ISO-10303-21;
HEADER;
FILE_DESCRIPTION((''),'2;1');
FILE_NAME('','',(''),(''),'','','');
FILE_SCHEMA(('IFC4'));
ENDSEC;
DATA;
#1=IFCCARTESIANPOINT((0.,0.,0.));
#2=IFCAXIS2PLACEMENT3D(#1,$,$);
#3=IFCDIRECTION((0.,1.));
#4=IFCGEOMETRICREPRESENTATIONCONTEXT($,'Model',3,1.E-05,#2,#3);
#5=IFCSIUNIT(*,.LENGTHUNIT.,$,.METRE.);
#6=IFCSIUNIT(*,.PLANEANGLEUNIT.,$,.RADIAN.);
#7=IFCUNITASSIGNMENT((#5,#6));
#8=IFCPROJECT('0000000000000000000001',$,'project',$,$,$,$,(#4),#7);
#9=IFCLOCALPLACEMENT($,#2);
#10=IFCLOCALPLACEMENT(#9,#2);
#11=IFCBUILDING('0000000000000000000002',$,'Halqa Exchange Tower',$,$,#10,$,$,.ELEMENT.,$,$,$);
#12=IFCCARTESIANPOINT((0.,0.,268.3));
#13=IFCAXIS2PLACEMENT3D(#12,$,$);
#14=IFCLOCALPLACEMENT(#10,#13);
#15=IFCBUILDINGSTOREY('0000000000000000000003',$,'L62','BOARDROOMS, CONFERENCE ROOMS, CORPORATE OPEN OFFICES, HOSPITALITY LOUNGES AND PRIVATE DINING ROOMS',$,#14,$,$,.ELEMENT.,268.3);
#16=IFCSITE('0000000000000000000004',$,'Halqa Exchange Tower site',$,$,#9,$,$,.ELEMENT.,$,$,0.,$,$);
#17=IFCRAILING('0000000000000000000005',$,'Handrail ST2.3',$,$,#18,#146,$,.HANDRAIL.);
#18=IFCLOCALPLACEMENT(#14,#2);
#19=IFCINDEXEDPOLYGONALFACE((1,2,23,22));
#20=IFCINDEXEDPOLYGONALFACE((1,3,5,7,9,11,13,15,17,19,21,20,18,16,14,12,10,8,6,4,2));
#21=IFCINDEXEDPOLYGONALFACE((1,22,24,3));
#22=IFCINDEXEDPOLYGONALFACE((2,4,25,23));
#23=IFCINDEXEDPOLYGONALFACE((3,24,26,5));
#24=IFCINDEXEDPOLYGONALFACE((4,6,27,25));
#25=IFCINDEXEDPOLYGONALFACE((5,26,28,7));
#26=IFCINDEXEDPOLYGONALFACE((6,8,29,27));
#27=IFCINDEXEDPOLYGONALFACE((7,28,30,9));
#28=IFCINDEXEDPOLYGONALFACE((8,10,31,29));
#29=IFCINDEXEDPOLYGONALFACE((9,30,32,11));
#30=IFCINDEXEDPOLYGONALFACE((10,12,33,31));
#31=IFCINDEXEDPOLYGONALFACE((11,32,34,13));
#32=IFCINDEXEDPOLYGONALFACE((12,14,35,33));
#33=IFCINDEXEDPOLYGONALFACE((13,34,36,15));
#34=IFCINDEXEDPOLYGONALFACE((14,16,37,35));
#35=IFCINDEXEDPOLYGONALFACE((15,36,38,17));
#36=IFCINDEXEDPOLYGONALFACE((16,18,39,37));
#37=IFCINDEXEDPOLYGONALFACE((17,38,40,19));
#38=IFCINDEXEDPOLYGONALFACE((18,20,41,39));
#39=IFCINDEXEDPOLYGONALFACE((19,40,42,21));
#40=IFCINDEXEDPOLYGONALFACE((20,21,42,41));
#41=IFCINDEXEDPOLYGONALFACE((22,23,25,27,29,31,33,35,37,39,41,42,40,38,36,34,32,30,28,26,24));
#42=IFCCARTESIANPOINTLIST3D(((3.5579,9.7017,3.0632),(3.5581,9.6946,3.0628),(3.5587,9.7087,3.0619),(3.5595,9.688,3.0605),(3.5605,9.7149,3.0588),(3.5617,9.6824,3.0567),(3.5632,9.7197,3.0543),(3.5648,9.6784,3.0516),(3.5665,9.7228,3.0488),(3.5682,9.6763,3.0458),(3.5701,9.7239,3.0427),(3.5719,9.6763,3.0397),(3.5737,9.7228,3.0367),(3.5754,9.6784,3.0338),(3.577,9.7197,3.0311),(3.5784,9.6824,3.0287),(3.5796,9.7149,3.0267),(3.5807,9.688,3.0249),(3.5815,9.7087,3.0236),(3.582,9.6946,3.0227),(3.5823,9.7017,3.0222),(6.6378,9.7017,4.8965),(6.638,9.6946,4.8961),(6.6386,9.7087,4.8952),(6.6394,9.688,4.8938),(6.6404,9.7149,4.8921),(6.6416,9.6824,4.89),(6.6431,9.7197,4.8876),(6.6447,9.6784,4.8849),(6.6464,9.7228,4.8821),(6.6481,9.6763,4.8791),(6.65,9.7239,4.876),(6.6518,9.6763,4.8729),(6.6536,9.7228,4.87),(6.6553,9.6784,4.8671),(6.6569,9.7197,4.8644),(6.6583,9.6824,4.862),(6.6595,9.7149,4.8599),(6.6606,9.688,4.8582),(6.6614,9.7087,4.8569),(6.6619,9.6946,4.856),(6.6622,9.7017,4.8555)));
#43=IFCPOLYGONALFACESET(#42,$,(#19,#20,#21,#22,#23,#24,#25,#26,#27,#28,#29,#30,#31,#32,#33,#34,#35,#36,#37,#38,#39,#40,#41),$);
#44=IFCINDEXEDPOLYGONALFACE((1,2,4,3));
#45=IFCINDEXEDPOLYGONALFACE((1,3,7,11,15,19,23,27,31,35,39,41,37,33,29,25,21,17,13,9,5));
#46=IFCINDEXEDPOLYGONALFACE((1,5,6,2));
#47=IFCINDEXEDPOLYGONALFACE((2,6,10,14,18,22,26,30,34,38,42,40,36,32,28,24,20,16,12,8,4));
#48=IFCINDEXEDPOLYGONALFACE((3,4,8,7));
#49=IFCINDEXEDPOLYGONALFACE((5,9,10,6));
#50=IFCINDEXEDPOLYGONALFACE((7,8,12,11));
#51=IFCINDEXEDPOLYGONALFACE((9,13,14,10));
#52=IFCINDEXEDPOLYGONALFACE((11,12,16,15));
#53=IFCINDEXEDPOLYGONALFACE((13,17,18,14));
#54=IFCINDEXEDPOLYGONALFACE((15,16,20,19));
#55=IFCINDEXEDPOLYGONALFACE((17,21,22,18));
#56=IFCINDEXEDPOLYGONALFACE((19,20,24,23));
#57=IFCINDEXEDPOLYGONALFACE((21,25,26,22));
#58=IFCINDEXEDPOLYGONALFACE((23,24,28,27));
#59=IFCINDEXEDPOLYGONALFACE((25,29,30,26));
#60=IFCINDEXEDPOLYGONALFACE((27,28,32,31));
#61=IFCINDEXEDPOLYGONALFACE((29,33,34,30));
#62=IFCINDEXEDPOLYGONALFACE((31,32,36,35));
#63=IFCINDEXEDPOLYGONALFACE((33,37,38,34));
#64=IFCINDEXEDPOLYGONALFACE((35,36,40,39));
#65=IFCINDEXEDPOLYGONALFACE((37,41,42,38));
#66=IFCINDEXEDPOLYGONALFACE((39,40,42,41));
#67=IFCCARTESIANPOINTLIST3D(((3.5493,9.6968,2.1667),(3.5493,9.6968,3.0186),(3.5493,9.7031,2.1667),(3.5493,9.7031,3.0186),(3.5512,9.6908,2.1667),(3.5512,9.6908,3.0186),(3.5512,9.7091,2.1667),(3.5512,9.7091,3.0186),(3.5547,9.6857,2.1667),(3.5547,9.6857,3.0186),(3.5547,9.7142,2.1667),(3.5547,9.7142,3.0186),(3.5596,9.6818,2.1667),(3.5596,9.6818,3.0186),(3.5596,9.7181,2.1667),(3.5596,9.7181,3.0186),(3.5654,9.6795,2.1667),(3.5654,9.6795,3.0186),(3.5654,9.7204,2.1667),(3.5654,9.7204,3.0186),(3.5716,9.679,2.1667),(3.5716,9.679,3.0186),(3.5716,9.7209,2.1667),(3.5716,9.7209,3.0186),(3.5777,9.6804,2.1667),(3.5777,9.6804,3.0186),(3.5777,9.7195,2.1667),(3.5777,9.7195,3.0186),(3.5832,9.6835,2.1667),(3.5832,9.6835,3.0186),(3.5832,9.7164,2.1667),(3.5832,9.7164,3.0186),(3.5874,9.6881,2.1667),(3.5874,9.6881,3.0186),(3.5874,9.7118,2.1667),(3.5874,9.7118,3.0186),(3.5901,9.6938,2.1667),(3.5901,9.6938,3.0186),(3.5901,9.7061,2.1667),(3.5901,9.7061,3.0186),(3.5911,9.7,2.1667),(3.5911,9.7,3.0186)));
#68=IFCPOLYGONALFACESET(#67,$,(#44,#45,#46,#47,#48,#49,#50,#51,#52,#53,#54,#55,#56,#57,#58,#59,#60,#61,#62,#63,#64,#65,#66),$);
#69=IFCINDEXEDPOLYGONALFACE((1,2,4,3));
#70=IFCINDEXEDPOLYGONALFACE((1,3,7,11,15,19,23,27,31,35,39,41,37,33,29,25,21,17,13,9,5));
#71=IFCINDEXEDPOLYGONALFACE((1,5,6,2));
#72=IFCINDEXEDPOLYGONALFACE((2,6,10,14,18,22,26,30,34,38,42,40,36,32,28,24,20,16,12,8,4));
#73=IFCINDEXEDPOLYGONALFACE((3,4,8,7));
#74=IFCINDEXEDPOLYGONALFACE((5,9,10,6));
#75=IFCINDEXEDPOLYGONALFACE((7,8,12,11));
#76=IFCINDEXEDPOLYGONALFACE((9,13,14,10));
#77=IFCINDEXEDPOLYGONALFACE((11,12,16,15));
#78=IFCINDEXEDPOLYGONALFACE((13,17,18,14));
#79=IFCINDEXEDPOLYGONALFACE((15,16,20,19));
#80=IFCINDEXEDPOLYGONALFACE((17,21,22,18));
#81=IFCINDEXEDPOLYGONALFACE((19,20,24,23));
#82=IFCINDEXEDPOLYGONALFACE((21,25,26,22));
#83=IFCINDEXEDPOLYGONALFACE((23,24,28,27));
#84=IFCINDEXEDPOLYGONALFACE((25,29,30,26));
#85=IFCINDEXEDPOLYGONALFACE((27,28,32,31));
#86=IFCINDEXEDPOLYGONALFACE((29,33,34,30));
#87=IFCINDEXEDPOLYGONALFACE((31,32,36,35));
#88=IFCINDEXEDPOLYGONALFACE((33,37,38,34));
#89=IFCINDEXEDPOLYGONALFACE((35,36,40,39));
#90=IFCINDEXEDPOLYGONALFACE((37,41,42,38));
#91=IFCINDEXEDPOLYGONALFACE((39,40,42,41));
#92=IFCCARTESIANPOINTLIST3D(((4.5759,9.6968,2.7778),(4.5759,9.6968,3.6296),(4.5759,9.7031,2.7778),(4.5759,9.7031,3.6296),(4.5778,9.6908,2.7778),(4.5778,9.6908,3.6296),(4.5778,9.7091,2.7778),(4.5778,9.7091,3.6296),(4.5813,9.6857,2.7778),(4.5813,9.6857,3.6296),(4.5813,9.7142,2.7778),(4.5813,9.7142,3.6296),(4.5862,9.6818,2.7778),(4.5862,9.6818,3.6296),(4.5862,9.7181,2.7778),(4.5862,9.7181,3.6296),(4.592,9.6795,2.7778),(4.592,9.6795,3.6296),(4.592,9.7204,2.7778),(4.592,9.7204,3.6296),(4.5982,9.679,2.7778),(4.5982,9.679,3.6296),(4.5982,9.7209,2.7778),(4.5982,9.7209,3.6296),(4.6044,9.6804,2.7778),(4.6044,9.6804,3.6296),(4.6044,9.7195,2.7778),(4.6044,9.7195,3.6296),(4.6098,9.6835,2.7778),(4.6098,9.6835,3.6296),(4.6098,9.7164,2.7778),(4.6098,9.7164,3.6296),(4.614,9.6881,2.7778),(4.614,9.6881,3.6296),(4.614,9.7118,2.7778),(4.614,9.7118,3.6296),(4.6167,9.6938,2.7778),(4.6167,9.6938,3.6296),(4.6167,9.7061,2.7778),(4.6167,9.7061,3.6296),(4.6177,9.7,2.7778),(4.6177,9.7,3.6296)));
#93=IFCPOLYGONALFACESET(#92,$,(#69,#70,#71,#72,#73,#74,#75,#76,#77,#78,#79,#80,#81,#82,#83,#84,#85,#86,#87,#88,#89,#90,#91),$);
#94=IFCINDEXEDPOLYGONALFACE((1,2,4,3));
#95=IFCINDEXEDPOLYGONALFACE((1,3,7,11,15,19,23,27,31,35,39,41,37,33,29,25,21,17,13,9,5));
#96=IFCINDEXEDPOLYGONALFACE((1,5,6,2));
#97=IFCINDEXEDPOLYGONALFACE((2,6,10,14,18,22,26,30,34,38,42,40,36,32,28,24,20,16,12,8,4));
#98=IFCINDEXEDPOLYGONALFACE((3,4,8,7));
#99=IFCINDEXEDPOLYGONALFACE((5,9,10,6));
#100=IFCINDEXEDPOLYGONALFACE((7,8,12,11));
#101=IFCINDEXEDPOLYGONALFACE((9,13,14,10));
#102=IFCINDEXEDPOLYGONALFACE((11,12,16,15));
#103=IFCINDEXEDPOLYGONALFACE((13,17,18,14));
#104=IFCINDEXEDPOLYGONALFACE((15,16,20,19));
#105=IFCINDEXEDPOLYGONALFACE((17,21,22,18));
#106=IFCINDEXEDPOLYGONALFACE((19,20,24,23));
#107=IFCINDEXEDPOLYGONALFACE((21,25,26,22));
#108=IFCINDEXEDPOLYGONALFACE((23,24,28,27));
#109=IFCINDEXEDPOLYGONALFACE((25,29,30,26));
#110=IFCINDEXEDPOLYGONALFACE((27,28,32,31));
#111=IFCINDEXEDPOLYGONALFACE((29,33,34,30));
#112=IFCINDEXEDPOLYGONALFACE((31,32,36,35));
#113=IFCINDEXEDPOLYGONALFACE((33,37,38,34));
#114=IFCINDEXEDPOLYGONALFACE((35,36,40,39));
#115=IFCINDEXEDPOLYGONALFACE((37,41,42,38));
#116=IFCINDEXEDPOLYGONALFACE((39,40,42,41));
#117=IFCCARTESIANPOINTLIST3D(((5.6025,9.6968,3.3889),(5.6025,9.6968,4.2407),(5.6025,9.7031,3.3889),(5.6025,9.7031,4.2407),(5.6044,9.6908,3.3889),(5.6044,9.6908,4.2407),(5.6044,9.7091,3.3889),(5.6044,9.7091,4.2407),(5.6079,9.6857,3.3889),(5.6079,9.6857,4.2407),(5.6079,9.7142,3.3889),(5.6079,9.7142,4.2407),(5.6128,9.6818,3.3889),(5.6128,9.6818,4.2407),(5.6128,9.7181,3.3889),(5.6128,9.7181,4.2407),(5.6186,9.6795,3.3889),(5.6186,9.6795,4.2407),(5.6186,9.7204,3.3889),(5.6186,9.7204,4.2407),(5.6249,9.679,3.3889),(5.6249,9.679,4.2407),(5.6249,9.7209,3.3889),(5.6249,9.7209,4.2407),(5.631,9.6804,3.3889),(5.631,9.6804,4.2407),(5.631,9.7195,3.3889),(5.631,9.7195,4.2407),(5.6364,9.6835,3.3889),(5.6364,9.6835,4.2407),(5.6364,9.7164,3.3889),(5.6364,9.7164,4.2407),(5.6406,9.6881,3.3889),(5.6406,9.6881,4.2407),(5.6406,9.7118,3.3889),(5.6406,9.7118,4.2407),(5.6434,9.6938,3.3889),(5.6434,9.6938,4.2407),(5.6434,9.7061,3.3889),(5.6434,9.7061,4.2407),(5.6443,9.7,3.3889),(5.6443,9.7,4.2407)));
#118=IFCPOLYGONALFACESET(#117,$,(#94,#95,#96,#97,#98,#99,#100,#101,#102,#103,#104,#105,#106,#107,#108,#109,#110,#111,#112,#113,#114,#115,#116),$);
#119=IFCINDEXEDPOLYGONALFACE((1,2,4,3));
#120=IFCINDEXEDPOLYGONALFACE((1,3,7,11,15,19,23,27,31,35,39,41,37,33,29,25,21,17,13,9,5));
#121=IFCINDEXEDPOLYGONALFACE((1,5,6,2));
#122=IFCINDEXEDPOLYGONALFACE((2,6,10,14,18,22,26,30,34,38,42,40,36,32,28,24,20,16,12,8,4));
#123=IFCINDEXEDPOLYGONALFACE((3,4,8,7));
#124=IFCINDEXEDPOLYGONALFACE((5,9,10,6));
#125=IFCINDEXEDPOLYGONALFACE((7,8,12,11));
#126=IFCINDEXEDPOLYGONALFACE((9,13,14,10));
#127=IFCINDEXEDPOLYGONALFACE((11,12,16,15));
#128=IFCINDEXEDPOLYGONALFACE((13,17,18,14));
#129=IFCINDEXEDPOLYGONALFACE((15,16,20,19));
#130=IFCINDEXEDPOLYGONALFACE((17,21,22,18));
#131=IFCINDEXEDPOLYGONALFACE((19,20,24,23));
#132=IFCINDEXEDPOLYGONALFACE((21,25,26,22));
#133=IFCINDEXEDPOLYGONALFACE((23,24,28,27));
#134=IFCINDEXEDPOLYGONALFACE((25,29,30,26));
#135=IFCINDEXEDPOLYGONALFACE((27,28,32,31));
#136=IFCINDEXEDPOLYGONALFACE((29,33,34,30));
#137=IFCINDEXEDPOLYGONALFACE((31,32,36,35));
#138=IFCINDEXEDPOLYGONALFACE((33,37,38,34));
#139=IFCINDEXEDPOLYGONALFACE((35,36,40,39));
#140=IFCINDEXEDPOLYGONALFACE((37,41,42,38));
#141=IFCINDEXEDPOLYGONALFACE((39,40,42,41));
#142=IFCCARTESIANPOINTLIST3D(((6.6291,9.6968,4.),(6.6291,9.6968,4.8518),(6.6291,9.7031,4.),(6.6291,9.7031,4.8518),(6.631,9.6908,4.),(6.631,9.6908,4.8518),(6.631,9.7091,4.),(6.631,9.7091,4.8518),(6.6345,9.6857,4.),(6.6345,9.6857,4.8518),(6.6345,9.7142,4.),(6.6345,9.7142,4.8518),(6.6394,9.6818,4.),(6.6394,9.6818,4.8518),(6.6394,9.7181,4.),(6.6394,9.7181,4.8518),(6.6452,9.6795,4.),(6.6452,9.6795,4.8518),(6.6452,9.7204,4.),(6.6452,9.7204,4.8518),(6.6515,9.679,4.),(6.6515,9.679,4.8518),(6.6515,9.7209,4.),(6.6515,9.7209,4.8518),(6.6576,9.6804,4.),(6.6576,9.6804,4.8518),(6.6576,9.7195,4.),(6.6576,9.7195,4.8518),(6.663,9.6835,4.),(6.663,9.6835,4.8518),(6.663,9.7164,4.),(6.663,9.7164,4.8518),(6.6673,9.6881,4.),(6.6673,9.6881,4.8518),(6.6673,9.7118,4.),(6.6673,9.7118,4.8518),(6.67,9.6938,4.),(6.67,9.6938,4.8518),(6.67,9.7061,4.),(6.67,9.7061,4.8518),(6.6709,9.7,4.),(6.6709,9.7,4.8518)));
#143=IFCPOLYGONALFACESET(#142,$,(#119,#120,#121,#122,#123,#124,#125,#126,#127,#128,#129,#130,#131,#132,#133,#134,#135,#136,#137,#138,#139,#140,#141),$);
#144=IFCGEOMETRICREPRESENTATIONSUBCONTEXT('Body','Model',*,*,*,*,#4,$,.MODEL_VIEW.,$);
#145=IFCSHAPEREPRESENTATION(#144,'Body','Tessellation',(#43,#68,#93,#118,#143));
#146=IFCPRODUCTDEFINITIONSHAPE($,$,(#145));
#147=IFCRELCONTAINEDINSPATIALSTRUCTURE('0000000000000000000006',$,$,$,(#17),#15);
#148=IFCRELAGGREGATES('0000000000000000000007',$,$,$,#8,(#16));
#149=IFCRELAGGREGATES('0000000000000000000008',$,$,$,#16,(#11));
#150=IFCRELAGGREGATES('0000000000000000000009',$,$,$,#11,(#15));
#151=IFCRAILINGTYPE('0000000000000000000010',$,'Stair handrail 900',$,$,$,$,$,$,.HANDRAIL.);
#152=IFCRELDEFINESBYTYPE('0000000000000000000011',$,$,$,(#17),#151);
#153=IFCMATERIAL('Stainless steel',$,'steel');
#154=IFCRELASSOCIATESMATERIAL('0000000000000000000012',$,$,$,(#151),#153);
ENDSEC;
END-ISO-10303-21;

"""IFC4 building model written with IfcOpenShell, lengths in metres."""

from ifc_helpers import new_model, si_unit, direction, frame, origin, origin_2d, place, context, subcontext, project, spatial, circle, extrude, material, type_object, element, save


model = new_model("IFC4")

# Units and contexts
model_context = context("Model", 3, precision=1e-05, world=origin(), true_north=direction((0.0, 1.0)))
body_context = subcontext(model_context, "Body", "Model", "MODEL_VIEW")
ifc_project = project(units=[si_unit("LENGTHUNIT", "METRE"), si_unit("PLANEANGLEUNIT", "RADIAN")], contexts=[model_context])

# Site, building, storey
site_placement = place(None, origin())
site = spatial("IfcSite", under=ifc_project, at=site_placement, Name="Halqa Exchange Tower site", CompositionType="ELEMENT", RefElevation=0.0)
building_placement = place(site_placement, origin())
building = spatial("IfcBuilding", under=site, at=building_placement, Name="Halqa Exchange Tower", CompositionType="ELEMENT")
storey_placement = place(building_placement, frame((0.0, 0.0, 268.3)))
storey = spatial("IfcBuildingStorey", under=building, at=storey_placement, Name="L62", Description="BOARDROOMS, CONFERENCE ROOMS, CORPORATE OPEN OFFICES, HOSPITALITY LOUNGES AND PRIVATE DINING ROOMS", CompositionType="ELEMENT", Elevation=268.3)

# Railing
ifc_material_1 = material(Name="Stainless steel", Category="steel")
railing_type_1 = type_object("IfcRailingType", Name="Stair handrail 900", PredefinedType="HANDRAIL", material=ifc_material_1)
railing_1_placement = place(storey_placement, frame((3.5701, 9.7, 2.1667)))
element("IfcRailing", 1, at=railing_1_placement, inside=storey, type_object=railing_type_1, Name="Handrail ST2.3", PredefinedType="HANDRAIL", context=body_context, shape_type="SweptSolid", body=[
    extrude(circle(Radius=0.0239, at=origin_2d()), frame((0.0, 0.0, 0.876), z_axis=(0.859291, 0.0, 0.511487), x_axis=(0.0, 1.0, 0.0)), (0.0, 0.0, 1.0), 3.5842),
    extrude(circle(Radius=0.021, at=origin_2d()), origin(), (0.0, 0.0, 1.0), 0.8518),
    extrude(circle(Radius=0.021, at=origin_2d()), frame((1.0266, 0.0, 0.6111)), (0.0, 0.0, 1.0), 0.8518),
    extrude(circle(Radius=0.021, at=origin_2d()), frame((2.0532, 0.0, 1.2222)), (0.0, 0.0, 1.0), 0.8518),
    extrude(circle(Radius=0.021, at=origin_2d()), frame((3.0798, 0.0, 1.8333)), (0.0, 0.0, 1.0), 0.8518),
])

save(model, "model.ifc")
